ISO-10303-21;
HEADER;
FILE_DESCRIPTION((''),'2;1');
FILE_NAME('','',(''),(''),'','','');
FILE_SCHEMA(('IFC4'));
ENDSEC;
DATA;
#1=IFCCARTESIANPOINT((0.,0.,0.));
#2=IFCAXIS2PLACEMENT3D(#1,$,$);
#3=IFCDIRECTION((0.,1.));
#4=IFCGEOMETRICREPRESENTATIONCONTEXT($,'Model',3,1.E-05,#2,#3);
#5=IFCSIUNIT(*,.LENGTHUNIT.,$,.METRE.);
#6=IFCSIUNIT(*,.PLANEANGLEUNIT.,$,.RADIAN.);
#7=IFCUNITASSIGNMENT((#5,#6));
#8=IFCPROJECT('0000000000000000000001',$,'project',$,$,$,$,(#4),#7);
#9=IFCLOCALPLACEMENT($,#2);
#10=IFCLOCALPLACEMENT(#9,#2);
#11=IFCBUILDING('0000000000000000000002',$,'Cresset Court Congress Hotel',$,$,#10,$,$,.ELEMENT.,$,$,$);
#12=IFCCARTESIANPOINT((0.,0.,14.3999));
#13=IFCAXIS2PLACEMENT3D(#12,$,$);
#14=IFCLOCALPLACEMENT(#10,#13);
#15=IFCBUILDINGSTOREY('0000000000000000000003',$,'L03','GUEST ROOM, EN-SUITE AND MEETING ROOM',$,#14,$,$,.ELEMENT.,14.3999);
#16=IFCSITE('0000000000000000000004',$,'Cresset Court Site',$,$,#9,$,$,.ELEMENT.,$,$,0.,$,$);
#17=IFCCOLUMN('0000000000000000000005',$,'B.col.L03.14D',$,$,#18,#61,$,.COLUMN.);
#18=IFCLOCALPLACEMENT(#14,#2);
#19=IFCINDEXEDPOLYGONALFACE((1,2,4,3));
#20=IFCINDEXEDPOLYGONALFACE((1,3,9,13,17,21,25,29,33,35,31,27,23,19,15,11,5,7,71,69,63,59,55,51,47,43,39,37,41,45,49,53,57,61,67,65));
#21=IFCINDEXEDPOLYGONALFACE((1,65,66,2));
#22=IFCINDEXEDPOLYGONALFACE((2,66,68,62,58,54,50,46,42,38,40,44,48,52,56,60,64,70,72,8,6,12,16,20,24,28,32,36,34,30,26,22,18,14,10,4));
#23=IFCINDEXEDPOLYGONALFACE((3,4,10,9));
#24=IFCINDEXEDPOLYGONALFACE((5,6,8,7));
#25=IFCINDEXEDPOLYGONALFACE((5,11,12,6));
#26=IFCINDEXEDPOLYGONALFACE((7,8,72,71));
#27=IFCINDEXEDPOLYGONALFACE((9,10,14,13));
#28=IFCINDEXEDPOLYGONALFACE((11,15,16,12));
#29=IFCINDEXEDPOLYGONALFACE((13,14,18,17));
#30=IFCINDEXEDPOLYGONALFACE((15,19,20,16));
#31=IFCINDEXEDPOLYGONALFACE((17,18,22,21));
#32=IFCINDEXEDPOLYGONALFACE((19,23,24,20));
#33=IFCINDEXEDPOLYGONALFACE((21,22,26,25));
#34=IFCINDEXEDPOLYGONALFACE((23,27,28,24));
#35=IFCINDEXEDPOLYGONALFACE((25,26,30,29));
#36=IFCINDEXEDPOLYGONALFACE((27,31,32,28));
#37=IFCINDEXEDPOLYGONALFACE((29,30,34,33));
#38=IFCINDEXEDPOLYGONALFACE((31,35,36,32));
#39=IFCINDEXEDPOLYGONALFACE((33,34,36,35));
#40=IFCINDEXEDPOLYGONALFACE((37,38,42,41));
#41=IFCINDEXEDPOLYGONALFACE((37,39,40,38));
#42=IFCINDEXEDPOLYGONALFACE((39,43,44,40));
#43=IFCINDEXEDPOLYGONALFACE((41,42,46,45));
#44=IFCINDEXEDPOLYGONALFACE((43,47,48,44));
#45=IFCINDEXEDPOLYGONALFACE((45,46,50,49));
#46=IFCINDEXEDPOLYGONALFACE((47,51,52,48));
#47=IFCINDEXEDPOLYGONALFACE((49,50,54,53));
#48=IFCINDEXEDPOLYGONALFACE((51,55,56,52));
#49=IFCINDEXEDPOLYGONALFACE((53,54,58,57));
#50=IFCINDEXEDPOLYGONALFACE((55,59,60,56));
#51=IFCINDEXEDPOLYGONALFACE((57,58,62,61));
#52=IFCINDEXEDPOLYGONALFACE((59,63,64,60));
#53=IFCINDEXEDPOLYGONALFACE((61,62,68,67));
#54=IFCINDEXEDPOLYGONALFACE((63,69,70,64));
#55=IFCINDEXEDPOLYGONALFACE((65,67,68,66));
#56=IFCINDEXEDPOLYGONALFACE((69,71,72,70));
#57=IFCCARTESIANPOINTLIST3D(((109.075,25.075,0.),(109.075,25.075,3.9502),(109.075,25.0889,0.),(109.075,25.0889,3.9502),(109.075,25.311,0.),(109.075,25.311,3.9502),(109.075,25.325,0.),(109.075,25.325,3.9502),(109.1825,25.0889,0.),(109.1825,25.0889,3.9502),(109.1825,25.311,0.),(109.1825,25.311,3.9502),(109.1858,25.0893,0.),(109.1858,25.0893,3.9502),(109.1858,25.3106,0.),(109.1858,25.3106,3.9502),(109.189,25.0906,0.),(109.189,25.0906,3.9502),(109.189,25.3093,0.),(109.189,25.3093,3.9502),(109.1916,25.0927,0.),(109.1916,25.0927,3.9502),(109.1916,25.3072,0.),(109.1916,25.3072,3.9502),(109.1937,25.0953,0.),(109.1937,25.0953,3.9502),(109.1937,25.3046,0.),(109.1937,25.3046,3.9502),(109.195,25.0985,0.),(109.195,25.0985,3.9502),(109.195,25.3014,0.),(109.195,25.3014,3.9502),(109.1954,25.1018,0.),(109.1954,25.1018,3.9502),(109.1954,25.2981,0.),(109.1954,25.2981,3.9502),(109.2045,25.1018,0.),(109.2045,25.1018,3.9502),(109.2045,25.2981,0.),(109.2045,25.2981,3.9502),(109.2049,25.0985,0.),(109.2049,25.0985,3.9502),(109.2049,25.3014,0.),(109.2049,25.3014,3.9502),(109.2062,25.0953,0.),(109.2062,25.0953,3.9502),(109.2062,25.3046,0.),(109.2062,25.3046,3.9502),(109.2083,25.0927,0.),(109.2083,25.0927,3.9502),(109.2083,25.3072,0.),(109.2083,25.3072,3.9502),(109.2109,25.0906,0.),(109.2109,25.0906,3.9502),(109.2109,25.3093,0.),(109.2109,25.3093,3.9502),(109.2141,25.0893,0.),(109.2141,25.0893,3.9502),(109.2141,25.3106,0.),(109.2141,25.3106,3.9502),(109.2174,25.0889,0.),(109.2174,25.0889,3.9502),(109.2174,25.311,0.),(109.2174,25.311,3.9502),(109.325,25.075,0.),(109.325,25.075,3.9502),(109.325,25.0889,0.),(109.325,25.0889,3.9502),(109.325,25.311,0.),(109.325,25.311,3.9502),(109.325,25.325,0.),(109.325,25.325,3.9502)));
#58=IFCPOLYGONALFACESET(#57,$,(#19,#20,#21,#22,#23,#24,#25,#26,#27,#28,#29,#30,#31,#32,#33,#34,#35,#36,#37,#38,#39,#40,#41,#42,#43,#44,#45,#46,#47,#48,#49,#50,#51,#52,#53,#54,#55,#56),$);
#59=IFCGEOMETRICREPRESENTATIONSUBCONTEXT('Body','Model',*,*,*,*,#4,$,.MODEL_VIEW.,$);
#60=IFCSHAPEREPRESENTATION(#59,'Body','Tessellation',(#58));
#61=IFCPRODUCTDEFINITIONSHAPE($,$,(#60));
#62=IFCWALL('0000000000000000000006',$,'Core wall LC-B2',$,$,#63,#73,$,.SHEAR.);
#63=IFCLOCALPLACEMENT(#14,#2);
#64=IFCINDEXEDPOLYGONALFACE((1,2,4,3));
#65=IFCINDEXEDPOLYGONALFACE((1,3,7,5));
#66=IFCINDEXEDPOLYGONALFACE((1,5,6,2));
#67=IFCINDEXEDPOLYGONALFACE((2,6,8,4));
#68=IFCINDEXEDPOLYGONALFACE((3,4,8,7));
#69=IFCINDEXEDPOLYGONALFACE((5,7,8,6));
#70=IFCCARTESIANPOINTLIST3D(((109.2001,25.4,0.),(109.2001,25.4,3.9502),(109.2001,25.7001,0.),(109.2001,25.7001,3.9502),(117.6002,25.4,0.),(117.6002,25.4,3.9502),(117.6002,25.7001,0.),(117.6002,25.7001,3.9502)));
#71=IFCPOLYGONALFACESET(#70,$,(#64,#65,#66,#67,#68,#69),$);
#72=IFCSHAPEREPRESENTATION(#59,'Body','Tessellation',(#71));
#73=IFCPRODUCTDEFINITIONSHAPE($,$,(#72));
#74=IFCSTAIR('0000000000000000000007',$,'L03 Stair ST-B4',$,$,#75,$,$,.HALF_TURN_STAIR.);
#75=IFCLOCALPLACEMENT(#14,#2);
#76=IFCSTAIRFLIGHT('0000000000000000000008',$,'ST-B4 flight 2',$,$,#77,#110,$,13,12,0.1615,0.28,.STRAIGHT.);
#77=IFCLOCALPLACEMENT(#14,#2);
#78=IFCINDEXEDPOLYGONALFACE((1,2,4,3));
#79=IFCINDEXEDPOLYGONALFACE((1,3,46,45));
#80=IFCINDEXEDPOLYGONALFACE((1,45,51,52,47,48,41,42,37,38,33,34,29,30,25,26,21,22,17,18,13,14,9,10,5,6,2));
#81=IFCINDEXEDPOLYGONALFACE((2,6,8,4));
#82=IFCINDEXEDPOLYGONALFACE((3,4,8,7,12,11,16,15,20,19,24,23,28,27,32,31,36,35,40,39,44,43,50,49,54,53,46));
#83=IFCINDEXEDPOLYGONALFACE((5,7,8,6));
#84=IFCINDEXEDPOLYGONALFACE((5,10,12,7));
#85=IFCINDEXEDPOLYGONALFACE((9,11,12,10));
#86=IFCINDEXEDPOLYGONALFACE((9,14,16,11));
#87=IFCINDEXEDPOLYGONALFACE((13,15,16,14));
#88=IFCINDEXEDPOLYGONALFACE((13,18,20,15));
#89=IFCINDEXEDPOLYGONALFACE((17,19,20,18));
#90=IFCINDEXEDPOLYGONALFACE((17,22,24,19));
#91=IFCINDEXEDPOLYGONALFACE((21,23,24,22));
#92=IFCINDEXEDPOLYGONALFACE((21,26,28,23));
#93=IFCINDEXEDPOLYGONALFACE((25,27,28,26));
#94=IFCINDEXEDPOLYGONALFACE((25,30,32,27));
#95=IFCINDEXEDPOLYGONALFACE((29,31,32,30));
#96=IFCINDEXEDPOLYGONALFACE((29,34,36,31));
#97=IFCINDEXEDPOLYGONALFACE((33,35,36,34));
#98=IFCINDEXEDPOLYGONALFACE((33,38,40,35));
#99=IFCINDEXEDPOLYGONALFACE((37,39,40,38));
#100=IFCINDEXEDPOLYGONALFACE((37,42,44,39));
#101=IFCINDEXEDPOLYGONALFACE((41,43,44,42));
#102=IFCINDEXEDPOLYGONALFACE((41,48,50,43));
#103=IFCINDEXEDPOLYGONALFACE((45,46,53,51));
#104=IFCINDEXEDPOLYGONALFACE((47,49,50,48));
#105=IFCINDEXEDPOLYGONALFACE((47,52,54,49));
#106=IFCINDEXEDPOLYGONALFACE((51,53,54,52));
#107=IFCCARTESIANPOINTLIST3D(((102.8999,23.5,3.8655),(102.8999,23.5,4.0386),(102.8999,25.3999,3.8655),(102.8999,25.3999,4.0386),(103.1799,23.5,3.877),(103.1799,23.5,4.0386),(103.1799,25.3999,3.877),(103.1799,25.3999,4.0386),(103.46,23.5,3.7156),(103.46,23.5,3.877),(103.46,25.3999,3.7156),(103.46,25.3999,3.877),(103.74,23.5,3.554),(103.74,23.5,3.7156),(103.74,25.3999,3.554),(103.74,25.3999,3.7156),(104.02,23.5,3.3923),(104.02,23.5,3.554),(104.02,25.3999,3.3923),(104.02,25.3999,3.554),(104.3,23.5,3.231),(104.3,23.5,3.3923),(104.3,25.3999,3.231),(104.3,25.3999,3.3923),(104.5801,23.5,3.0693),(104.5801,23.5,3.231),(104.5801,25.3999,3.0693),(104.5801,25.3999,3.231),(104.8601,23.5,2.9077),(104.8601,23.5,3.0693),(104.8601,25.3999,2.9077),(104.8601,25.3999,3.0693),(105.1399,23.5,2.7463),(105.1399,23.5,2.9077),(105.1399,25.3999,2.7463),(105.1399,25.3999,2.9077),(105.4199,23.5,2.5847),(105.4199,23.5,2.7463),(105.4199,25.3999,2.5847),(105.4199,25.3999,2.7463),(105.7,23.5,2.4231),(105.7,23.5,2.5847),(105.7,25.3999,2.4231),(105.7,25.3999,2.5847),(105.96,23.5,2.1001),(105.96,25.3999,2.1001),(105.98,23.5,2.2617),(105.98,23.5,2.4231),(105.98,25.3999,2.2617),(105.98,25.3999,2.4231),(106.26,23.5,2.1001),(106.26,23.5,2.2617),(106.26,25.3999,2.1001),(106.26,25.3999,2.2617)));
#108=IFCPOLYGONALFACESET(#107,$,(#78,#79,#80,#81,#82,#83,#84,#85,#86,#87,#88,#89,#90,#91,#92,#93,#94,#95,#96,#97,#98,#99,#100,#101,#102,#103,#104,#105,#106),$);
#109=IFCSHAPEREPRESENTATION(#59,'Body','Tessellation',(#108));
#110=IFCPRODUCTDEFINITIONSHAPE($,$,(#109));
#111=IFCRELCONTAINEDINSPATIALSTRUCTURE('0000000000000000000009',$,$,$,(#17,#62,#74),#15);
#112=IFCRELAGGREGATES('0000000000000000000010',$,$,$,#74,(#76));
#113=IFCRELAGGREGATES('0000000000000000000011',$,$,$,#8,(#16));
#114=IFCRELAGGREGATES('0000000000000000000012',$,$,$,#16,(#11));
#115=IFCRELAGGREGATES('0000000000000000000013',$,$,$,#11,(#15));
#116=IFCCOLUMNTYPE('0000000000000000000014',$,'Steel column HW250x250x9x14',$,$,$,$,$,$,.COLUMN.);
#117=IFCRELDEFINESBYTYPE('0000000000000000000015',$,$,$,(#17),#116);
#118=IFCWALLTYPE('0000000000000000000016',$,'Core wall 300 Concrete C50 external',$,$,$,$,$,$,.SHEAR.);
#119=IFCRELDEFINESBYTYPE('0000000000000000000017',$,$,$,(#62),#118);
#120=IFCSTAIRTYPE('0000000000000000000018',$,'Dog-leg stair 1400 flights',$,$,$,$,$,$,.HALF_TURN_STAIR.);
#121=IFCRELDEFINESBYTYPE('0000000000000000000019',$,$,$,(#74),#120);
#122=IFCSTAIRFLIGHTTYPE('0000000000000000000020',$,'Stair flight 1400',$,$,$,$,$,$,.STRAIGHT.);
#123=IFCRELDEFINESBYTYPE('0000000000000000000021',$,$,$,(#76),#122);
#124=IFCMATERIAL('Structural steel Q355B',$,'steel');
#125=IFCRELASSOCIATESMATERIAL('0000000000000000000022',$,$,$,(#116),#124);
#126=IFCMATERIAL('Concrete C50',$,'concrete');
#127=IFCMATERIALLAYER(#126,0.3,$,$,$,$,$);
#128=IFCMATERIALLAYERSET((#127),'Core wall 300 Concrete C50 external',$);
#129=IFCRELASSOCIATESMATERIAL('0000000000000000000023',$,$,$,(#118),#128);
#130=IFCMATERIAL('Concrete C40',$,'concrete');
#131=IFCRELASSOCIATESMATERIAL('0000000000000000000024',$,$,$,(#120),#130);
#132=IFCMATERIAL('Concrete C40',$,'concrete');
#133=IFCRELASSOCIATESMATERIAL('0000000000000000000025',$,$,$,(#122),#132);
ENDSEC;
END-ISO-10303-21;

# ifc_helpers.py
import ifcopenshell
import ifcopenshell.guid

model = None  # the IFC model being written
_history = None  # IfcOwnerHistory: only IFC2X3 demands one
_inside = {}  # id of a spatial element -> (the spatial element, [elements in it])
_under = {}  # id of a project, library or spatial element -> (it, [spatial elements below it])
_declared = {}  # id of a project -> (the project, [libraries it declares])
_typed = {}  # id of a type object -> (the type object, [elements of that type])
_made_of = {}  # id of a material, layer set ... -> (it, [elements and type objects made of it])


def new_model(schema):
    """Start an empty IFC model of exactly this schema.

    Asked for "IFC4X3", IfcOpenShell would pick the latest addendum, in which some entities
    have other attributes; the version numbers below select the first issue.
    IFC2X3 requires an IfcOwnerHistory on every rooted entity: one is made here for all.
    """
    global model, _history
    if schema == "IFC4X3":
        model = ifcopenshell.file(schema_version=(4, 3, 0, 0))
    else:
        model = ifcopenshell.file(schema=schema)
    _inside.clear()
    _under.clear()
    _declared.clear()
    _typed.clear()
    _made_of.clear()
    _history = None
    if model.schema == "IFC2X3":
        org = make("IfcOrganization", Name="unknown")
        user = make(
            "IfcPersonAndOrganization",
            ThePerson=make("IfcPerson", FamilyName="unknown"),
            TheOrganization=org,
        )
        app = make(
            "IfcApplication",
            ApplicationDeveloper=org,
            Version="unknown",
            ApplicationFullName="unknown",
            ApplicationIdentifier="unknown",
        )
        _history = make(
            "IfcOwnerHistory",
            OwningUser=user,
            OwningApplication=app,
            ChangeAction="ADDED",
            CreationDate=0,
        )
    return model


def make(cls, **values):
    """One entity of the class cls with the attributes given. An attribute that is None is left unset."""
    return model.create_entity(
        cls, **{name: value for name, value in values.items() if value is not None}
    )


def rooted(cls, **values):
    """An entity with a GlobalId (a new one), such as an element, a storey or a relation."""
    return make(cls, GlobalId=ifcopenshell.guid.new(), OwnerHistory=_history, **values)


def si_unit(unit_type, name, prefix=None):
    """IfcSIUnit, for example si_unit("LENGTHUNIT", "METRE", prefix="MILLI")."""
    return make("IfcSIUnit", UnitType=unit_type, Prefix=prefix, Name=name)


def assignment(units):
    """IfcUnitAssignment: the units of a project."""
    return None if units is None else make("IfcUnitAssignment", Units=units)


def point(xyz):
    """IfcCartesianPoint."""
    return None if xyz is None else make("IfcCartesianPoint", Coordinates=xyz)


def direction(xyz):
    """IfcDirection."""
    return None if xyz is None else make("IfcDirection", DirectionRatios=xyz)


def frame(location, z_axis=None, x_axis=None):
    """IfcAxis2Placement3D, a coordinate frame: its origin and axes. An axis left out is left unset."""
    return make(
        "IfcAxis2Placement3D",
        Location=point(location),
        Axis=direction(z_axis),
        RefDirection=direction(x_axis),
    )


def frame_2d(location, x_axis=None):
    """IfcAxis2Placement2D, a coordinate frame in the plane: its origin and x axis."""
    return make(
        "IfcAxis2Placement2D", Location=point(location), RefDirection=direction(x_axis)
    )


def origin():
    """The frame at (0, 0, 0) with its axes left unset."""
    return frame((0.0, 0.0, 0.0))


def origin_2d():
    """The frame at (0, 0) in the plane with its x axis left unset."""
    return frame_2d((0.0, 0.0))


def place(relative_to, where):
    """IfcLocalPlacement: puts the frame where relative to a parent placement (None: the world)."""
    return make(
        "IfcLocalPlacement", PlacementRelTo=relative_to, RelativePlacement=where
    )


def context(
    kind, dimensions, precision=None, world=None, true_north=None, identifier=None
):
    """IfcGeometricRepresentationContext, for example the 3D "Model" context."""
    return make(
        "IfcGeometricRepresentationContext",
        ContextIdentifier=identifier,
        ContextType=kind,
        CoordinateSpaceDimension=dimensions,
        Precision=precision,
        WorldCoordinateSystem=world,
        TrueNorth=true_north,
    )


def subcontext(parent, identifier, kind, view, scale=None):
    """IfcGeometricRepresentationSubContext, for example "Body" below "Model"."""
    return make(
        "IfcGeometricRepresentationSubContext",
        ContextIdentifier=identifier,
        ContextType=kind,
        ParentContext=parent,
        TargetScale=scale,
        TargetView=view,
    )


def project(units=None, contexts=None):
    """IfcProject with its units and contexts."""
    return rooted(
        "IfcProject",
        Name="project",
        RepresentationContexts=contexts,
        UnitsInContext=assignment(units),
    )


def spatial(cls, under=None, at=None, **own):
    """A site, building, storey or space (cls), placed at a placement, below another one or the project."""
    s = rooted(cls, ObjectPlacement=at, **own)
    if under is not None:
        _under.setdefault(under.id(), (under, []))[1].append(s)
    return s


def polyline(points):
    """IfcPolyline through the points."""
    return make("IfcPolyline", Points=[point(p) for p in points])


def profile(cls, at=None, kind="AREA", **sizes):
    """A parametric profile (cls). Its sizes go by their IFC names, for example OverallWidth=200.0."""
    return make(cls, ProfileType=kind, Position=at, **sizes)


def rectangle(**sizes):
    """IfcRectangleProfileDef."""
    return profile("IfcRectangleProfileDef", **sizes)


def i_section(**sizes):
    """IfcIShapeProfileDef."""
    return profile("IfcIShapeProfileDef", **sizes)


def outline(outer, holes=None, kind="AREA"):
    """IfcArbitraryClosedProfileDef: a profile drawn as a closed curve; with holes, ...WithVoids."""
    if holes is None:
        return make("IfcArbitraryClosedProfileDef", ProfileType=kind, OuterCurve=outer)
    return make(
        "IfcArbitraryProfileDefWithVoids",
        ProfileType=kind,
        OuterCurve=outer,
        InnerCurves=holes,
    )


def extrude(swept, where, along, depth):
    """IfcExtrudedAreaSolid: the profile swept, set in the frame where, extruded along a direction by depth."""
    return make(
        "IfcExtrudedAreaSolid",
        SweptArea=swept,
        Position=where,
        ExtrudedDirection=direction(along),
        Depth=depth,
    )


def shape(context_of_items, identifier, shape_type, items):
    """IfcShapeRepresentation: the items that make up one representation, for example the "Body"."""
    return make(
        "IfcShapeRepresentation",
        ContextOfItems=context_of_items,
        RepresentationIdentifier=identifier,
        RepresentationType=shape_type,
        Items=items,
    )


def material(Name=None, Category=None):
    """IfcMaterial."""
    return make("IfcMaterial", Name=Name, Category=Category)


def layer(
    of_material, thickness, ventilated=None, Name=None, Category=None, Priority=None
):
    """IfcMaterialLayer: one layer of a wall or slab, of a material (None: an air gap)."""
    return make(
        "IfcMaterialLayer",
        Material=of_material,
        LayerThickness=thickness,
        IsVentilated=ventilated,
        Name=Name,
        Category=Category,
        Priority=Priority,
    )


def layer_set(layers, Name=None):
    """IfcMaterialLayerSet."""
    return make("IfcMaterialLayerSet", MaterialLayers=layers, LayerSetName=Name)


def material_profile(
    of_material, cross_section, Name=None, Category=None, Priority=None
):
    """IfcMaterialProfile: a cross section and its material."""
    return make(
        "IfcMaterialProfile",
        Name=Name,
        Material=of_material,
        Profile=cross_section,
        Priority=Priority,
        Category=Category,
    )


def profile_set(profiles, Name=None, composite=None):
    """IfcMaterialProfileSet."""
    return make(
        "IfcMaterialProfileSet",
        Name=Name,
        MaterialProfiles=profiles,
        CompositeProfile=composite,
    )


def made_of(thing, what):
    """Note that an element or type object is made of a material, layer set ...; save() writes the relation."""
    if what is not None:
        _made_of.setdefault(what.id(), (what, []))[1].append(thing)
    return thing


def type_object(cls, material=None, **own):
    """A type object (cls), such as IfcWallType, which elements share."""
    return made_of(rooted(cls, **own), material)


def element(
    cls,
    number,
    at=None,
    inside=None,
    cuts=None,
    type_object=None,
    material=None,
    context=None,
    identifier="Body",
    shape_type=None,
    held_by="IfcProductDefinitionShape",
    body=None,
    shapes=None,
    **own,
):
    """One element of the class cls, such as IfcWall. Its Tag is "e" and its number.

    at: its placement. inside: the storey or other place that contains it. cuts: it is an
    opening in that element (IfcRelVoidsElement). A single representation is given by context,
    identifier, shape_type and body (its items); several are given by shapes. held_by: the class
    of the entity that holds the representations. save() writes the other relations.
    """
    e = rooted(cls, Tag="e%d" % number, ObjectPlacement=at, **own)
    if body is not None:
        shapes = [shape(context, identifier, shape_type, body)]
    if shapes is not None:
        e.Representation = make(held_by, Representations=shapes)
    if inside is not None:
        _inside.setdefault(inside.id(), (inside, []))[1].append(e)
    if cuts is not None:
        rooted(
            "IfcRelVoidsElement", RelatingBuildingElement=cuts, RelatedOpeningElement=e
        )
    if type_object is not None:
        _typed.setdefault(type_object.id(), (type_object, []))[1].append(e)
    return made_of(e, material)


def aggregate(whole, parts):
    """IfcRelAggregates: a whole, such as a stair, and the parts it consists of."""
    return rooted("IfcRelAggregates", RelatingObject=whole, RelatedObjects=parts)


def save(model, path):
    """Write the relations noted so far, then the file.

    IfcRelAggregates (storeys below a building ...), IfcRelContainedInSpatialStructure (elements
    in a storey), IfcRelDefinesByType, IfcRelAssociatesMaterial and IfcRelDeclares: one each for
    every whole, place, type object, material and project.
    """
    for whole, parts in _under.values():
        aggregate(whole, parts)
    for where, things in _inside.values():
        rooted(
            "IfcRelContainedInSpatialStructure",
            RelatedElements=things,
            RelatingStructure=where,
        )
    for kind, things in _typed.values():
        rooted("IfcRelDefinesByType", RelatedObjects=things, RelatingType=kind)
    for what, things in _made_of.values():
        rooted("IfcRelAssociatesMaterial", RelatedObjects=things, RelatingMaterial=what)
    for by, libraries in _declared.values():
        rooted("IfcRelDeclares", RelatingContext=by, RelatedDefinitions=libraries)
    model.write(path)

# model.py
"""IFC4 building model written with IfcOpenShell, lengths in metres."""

from ifc_helpers import new_model, si_unit, direction, frame, frame_2d, origin, origin_2d, place, context, subcontext, project, spatial, polyline, rectangle, i_section, outline, extrude, material, layer, layer_set, material_profile, profile_set, type_object, element, aggregate, save


model = new_model("IFC4")

# Units and contexts
model_context = context("Model", 3, precision=1e-05, world=origin(), true_north=direction((0.0, 1.0)))
body_context = subcontext(model_context, "Body", "Model", "MODEL_VIEW")
ifc_project = project(units=[si_unit("LENGTHUNIT", "METRE"), si_unit("PLANEANGLEUNIT", "RADIAN")], contexts=[model_context])

# Site, building, storey
site_placement = place(None, origin())
site = spatial("IfcSite", under=ifc_project, at=site_placement, Name="Cresset Court Site", CompositionType="ELEMENT", RefElevation=0.0)
building_placement = place(site_placement, origin())
building = spatial("IfcBuilding", under=site, at=building_placement, Name="Cresset Court Congress Hotel", CompositionType="ELEMENT")
storey_placement = place(building_placement, frame((0.0, 0.0, 14.3999)))
storey = spatial("IfcBuildingStorey", under=building, at=storey_placement, Name="L03", Description="GUEST ROOM, EN-SUITE AND MEETING ROOM", CompositionType="ELEMENT", Elevation=14.3999)

# Column
ifc_material_1 = material(Name="Structural steel Q355B", Category="steel")
ifc_material_profile = material_profile(ifc_material_1, i_section(OverallWidth=0.25, OverallDepth=0.25, WebThickness=0.009, FlangeThickness=0.0139, FilletRadius=0.0129, at=origin_2d()), Name="HW250x250x9x14")
ifc_profile_set = profile_set([ifc_material_profile], Name="Structural steel Q355B")
column_type = type_object("IfcColumnType", Name="Steel column HW250x250x9x14", PredefinedType="COLUMN", material=ifc_profile_set)
column_placement = place(storey_placement, frame((109.2, 25.2, 0.0), z_axis=(0.0, 0.0, 1.0), x_axis=(1.0, 0.0, 0.0)))
element("IfcColumn", 1, at=column_placement, inside=storey, type_object=column_type, Name="B.col.L03.14D", PredefinedType="COLUMN", context=body_context, shape_type="SweptSolid", body=[
    extrude(i_section(OverallWidth=0.25, OverallDepth=0.25, WebThickness=0.009, FlangeThickness=0.0139, FilletRadius=0.0129, at=origin_2d()), origin(), (0.0, 0.0, 1.0), 3.9502),
])

# Wall
ifc_material_2 = material(Name="Concrete C50", Category="concrete")
ifc_layer = layer(ifc_material_2, 0.3)
ifc_layer_set = layer_set([ifc_layer], Name="Core wall 300 Concrete C50 external")
wall_type = type_object("IfcWallType", Name="Core wall 300 Concrete C50 external", PredefinedType="SHEAR", material=ifc_layer_set)
wall_placement = place(storey_placement, frame((109.2, 25.55, 0.0), z_axis=(0.0, 0.0, 1.0), x_axis=(1.0, 0.0, 0.0)))
element("IfcWall", 2, at=wall_placement, inside=storey, type_object=wall_type, Name="Core wall LC-B2", PredefinedType="SHEAR", context=body_context, shape_type="SweptSolid", body=[
    extrude(rectangle(XDim=8.4001, YDim=0.3, at=frame_2d((4.2002, 0.0))), origin(), (0.0, 0.0, 1.0), 3.9502),
])

# Stair, stair flight
ifc_material_3 = material(Name="Concrete C40", Category="concrete")
stair_type = type_object("IfcStairType", Name="Dog-leg stair 1400 flights", PredefinedType="HALF_TURN_STAIR", material=ifc_material_3)
stair_placement = place(storey_placement, origin())
stair = element("IfcStair", 3, at=stair_placement, inside=storey, type_object=stair_type, Name="L03 Stair ST-B4", PredefinedType="HALF_TURN_STAIR")
ifc_material_4 = material(Name="Concrete C40", Category="concrete")
stair_flight_type = type_object("IfcStairFlightType", Name="Stair flight 1400", PredefinedType="STRAIGHT", material=ifc_material_4)
stair_flight_placement = place(storey_placement, frame((106.26, 24.45, 2.1001), z_axis=(0.0, 0.0, 1.0), x_axis=(-1.0, 0.0, 0.0)))
stair_flight = element("IfcStairFlight", 4, at=stair_flight_placement, type_object=stair_flight_type, Name="ST-B4 flight 2", NumberOfRisers=13, NumberOfTreads=12, PredefinedType="STRAIGHT", RiserHeight=0.1615, TreadLength=0.28, context=body_context, shape_type="SweptSolid", body=[
    extrude(outline(polyline([(0.0, 0.0), (0.0, 0.1616), (0.28, 0.1616), (0.28, 0.323), (0.5601, 0.323), (0.5601, 0.4846), (0.8401, 0.4846), (0.8401, 0.6462), (1.1201, 0.6462), (1.1201, 0.8076), (1.3999, 0.8076), (1.3999, 0.9692), (1.6799, 0.9692), (1.6799, 1.1309), (1.96, 1.1309), (1.96, 1.2922), (2.24, 1.2922), (2.24, 1.4539), (2.52, 1.4539), (2.52, 1.6155), (2.8, 1.6155), (2.8, 1.7769), (3.0801, 1.7769), (3.0801, 1.9385), (3.3601, 1.9385), (3.3601, 2.1001), (3.3601, 1.7654), (0.3, 0.0), (0.0, 0.0)])), frame((0.0, 0.95, 0.0), z_axis=(0.0, -1.0, 0.0), x_axis=(1.0, 0.0, 0.0)), (0.0, 0.0, 1.0), 1.8999),
])
aggregate(stair, [stair_flight])

save(model, "model.ifc")
